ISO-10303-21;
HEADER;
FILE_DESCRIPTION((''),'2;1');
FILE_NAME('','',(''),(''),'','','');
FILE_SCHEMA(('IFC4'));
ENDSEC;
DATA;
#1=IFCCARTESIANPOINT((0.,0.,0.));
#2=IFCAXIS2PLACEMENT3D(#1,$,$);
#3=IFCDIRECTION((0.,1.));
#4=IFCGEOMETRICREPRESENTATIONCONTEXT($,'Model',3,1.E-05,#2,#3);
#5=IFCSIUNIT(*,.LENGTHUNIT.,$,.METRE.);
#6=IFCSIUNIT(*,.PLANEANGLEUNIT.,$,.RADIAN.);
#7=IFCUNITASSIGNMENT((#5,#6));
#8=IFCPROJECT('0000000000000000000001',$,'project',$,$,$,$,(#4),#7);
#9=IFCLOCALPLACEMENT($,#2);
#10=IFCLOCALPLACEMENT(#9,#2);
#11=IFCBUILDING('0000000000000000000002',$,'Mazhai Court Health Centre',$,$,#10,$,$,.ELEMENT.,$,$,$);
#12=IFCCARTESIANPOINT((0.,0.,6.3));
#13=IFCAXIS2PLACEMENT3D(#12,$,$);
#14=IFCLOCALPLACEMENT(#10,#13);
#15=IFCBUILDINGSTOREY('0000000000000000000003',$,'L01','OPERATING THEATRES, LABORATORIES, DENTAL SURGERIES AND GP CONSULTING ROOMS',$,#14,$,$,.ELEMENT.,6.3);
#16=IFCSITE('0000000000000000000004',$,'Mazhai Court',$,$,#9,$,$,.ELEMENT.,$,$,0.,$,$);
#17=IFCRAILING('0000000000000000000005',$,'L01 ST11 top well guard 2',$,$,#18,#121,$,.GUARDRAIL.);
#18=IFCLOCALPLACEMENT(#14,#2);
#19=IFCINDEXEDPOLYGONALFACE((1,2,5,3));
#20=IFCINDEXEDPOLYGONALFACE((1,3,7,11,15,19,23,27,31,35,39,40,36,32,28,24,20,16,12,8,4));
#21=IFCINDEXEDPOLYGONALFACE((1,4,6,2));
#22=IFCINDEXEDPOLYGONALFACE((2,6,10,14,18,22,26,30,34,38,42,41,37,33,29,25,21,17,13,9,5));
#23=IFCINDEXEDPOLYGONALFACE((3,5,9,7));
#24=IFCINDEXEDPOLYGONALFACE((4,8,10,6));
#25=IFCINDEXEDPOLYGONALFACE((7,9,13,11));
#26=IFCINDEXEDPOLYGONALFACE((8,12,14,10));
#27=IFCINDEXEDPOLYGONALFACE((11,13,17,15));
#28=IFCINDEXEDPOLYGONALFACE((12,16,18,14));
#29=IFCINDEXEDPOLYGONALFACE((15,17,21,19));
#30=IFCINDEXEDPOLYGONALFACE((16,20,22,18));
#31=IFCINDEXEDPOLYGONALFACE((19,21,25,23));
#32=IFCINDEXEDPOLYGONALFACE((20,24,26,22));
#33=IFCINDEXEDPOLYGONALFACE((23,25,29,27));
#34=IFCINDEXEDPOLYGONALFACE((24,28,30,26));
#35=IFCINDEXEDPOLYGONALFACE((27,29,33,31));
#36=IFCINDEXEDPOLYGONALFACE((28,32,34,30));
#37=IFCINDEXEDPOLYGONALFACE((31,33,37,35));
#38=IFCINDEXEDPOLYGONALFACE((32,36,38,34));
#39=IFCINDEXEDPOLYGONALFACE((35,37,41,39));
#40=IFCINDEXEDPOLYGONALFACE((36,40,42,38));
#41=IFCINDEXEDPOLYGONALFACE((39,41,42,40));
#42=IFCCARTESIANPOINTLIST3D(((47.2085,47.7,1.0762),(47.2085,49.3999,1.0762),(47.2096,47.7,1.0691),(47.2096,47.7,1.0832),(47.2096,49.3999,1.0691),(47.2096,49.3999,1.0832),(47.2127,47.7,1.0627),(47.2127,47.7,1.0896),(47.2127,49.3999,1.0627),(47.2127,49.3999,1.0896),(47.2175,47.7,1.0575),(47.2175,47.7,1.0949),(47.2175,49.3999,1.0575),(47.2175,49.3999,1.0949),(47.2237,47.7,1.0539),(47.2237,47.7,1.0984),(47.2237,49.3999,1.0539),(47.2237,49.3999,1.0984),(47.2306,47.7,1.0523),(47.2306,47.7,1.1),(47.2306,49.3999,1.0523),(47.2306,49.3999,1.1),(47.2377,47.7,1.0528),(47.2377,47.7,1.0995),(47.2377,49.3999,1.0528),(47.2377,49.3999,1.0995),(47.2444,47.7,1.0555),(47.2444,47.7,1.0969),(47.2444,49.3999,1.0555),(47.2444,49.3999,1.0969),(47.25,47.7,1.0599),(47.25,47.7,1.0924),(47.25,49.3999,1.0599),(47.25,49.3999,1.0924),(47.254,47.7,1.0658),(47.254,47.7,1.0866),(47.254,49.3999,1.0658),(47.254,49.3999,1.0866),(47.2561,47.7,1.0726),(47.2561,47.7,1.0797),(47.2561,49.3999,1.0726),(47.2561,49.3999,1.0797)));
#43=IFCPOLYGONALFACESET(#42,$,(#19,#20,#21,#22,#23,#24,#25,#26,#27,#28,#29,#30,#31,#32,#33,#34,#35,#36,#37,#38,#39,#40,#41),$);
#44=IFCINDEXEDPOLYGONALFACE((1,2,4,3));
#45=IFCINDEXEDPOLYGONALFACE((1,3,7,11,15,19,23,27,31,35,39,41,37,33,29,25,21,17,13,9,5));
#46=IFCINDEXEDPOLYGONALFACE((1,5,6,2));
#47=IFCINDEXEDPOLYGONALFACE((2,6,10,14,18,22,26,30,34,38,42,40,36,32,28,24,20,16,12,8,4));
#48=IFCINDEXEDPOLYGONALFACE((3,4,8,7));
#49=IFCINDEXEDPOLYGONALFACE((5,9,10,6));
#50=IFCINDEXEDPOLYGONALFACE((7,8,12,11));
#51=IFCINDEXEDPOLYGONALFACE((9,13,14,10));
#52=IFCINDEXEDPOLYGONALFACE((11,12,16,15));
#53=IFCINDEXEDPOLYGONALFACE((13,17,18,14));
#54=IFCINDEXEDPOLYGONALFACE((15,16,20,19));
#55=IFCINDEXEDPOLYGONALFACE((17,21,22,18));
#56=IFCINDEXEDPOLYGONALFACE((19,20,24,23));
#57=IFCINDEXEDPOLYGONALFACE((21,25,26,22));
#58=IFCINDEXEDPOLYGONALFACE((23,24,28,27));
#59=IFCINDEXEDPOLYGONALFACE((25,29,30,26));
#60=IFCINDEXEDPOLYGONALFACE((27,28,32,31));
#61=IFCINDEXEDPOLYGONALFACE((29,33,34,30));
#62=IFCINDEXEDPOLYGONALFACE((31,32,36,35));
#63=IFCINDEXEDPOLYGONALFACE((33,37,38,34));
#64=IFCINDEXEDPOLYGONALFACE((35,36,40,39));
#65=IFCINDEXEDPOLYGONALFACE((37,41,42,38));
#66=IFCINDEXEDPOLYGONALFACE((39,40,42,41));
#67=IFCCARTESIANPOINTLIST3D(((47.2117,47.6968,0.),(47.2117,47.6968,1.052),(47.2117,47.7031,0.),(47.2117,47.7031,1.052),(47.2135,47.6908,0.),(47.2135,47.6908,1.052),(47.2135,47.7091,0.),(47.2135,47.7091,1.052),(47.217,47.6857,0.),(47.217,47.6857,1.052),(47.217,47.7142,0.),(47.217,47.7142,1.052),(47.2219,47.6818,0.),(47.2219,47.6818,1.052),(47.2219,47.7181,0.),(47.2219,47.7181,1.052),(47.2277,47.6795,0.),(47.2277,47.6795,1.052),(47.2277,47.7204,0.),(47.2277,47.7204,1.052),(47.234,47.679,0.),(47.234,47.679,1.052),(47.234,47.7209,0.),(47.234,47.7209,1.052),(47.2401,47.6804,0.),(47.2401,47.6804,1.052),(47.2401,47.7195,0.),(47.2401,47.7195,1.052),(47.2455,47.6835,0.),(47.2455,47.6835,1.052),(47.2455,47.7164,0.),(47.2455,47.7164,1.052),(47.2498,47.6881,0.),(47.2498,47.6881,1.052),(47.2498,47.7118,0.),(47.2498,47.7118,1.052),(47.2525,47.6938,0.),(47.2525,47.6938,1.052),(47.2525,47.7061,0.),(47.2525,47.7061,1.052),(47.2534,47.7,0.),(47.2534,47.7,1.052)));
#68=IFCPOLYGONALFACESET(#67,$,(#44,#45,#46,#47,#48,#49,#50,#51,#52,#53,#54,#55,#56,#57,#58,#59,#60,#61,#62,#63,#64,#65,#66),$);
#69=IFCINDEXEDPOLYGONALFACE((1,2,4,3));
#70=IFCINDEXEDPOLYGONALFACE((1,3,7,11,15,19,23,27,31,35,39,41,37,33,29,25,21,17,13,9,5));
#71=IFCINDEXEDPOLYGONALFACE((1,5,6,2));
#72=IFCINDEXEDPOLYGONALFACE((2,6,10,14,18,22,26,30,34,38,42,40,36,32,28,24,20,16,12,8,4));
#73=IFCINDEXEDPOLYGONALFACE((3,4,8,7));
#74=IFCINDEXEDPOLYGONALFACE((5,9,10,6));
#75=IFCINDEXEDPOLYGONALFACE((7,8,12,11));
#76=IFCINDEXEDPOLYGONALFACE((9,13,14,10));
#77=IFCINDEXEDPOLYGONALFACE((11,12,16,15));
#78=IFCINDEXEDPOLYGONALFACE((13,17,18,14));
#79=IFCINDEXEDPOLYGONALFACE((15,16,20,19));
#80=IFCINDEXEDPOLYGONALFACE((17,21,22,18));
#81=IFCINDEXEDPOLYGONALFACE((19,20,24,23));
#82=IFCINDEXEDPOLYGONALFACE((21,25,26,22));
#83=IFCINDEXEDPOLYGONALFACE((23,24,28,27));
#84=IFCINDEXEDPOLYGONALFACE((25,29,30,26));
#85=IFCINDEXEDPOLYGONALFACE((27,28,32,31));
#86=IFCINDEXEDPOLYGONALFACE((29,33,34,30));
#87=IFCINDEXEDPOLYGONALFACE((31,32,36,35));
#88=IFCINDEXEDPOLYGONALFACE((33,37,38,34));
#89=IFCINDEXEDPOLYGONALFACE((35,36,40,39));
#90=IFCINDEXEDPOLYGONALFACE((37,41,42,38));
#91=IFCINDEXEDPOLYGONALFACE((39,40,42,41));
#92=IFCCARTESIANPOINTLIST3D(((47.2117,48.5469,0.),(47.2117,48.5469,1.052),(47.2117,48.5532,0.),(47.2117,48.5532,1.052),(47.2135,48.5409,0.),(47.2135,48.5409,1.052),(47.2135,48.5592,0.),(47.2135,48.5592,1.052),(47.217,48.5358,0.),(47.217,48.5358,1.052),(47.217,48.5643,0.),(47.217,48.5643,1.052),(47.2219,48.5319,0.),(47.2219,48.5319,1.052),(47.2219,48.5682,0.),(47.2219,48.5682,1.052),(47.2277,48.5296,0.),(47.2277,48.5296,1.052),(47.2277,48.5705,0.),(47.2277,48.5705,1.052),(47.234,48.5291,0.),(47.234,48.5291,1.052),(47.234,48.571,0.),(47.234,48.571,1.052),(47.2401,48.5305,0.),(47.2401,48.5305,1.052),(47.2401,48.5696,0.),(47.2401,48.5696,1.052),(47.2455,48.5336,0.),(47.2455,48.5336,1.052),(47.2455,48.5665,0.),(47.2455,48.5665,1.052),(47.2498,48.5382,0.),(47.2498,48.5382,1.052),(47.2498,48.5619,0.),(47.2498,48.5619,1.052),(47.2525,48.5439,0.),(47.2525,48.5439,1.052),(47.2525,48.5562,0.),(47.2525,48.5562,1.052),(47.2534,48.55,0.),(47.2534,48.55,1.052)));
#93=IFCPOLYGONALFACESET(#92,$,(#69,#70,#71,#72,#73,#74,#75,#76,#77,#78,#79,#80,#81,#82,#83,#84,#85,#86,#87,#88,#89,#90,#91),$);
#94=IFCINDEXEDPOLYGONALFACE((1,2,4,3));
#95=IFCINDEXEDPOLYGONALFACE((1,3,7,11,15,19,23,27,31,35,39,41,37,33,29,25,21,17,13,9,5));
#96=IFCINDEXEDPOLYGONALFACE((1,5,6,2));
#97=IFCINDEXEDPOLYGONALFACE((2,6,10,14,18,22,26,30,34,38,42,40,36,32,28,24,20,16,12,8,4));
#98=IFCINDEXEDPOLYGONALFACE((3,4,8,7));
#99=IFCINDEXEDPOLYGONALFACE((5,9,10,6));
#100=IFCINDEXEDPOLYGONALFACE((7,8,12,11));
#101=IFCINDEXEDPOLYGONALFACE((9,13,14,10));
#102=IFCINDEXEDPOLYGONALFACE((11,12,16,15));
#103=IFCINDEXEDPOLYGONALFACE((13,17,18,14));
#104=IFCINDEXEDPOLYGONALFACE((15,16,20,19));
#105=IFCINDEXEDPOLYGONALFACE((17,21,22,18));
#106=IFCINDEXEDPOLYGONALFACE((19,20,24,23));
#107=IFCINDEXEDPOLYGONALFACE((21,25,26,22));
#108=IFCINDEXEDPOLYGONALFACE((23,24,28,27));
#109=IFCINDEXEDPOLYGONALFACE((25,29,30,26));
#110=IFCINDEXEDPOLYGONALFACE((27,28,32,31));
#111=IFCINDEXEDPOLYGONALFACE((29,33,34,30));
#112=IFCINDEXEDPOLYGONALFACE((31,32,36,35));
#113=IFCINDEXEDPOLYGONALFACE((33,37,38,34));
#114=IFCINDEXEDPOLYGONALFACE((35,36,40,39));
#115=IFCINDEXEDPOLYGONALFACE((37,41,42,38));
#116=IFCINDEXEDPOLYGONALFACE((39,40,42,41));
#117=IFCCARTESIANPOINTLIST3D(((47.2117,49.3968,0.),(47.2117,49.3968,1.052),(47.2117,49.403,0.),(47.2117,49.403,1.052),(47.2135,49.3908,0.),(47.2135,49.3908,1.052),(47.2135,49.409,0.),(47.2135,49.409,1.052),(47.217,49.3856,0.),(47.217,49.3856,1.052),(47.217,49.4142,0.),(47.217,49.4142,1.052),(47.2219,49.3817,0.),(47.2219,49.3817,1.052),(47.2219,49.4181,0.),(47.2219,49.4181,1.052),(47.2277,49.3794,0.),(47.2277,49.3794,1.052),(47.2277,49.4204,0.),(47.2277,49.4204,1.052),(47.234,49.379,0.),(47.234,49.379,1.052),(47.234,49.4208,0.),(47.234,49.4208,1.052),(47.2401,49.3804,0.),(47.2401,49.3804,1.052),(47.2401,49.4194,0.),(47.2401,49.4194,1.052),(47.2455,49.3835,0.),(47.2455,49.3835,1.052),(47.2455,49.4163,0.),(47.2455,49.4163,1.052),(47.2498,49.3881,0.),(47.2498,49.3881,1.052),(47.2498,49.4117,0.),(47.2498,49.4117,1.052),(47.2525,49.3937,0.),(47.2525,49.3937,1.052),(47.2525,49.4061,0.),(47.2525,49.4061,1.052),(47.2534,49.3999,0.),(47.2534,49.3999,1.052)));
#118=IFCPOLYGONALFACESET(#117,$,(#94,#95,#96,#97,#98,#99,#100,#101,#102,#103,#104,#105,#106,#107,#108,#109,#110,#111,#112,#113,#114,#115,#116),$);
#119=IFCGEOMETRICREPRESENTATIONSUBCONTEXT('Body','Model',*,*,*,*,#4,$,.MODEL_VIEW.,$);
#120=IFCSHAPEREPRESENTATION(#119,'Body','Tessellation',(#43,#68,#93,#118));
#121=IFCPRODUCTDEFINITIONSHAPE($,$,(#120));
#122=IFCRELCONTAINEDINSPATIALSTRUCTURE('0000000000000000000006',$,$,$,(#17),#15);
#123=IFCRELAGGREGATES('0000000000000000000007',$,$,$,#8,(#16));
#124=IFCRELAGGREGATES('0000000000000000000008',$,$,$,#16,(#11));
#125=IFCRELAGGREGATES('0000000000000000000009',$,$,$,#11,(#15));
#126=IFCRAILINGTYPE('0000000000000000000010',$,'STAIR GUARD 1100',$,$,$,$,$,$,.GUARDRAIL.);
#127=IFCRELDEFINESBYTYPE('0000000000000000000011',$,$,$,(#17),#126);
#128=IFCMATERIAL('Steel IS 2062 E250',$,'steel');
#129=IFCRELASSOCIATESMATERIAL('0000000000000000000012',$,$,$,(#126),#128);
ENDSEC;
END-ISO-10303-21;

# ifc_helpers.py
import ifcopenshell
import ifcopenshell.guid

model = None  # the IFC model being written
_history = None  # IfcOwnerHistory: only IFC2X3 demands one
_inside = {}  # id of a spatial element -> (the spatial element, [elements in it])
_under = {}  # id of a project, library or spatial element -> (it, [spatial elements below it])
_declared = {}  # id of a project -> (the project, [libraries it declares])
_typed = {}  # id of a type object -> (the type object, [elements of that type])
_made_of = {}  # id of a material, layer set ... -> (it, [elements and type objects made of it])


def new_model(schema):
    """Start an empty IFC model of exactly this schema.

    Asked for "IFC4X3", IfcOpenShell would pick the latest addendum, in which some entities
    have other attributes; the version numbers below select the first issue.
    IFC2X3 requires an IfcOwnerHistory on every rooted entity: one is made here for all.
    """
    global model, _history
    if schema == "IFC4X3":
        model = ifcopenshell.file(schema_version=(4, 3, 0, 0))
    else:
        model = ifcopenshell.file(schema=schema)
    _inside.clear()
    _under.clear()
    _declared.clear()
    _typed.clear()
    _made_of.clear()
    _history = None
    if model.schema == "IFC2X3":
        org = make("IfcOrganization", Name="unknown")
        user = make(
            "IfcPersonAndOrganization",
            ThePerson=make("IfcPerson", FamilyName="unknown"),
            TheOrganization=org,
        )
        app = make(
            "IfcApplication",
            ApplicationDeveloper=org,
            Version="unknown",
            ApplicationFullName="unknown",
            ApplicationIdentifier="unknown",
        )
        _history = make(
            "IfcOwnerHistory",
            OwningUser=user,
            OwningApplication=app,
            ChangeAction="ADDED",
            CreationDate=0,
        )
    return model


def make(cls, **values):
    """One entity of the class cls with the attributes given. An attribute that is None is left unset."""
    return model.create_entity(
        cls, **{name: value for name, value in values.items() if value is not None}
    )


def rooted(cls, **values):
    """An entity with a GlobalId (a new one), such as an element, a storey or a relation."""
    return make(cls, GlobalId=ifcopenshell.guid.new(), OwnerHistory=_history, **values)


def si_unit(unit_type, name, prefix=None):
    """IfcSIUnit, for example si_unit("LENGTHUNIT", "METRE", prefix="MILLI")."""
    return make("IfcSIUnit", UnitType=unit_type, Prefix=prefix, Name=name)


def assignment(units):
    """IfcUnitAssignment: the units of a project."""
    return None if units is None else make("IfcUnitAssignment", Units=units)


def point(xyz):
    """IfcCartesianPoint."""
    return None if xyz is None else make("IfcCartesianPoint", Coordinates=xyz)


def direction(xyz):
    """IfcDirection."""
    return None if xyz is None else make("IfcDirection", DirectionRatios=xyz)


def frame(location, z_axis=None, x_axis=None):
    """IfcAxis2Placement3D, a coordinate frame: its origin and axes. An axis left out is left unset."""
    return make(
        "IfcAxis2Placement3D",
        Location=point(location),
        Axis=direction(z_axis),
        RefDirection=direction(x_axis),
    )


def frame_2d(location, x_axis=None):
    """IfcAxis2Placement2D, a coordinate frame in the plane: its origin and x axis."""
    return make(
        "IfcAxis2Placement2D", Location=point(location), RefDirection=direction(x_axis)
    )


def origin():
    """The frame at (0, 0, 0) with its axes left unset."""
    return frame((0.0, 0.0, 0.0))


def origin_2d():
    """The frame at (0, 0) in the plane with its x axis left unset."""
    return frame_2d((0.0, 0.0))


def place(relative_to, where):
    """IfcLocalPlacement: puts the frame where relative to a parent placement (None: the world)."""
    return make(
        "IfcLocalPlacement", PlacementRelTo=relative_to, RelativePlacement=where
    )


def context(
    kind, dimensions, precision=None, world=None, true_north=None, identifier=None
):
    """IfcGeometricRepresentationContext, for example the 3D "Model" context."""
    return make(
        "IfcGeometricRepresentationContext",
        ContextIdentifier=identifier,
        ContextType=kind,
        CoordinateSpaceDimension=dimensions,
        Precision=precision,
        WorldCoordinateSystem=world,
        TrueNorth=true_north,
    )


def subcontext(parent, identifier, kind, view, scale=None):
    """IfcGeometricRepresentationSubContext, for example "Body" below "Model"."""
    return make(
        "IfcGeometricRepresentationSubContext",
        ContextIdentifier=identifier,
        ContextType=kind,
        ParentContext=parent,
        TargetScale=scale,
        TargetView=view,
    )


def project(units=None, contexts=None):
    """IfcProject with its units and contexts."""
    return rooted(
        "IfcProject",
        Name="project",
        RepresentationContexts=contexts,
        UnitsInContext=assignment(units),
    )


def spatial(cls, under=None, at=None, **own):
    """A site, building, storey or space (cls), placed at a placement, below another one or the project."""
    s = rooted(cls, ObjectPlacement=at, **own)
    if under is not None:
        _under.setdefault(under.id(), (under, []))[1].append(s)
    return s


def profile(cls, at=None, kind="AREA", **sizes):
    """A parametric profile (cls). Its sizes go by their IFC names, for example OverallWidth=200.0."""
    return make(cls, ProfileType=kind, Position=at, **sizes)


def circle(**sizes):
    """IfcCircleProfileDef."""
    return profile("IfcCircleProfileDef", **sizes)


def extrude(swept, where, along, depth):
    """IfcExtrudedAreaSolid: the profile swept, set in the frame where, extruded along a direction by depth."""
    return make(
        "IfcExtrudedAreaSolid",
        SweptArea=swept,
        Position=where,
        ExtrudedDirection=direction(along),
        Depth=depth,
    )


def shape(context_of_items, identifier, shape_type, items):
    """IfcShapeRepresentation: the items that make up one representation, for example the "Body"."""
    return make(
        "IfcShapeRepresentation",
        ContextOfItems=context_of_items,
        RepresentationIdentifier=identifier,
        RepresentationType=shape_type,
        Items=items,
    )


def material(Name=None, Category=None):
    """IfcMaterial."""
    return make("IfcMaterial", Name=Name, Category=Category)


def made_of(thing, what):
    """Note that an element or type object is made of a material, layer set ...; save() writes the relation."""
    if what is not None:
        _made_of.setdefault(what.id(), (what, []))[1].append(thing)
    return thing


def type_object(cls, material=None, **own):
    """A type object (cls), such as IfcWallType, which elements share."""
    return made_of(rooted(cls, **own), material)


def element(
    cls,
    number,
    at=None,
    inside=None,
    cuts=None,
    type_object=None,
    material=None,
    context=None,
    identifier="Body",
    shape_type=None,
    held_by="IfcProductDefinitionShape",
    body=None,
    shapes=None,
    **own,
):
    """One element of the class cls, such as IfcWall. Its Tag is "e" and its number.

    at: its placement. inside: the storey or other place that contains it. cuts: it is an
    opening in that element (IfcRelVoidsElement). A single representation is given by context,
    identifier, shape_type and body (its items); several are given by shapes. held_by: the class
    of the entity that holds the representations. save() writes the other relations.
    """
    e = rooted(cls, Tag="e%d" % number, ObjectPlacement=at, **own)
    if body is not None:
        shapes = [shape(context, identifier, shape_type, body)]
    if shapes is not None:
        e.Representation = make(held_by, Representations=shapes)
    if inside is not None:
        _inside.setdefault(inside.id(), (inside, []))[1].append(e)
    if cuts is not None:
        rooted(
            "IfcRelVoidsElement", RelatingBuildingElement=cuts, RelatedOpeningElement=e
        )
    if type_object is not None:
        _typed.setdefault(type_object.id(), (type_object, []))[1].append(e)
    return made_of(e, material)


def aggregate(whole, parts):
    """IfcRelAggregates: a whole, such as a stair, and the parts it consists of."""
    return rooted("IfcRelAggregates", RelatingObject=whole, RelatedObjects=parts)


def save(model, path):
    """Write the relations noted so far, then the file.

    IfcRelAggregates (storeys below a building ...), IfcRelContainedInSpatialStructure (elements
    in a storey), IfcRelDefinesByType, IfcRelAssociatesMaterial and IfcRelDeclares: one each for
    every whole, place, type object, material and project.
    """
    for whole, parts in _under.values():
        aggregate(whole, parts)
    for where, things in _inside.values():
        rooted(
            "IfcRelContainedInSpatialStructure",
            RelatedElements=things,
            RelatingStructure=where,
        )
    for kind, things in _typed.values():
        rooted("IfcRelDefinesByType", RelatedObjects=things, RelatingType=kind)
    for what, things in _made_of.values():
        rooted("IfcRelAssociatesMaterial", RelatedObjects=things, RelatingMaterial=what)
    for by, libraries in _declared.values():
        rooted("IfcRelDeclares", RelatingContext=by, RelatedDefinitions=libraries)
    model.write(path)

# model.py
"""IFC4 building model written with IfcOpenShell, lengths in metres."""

from ifc_helpers import new_model, si_unit, direction, frame, origin, origin_2d, place, context, subcontext, project, spatial, circle, extrude, material, type_object, element, save


model = new_model("IFC4")

# Units and contexts
model_context = context("Model", 3, precision=1e-05, world=origin(), true_north=direction((0.0, 1.0)))
body_context = subcontext(model_context, "Body", "Model", "MODEL_VIEW")
ifc_project = project(units=[si_unit("LENGTHUNIT", "METRE"), si_unit("PLANEANGLEUNIT", "RADIAN")], contexts=[model_context])

# Site, building, storey
site_placement = place(None, origin())
site = spatial("IfcSite", under=ifc_project, at=site_placement, Name="Mazhai Court", CompositionType="ELEMENT", RefElevation=0.0)
building_placement = place(site_placement, origin())
building = spatial("IfcBuilding", under=site, at=building_placement, Name="Mazhai Court Health Centre", CompositionType="ELEMENT")
storey_placement = place(building_placement, frame((0.0, 0.0, 6.3)))
storey = spatial("IfcBuildingStorey", under=building, at=storey_placement, Name="L01", Description="OPERATING THEATRES, LABORATORIES, DENTAL SURGERIES AND GP CONSULTING ROOMS", CompositionType="ELEMENT", Elevation=6.3)

# Railing
ifc_material_1 = material(Name="Steel IS 2062 E250", Category="steel")
railing_type_1 = type_object("IfcRailingType", Name="STAIR GUARD 1100", PredefinedType="GUARDRAIL", material=ifc_material_1)
railing_1_placement = place(storey_placement, frame((47.2324, 47.7, 0.0)))
element("IfcRailing", 1, at=railing_1_placement, inside=storey, type_object=railing_type_1, Name="L01 ST11 top well guard 2", PredefinedType="GUARDRAIL", context=body_context, shape_type="SweptSolid", body=[
    extrude(circle(Radius=0.0239, at=origin_2d()), frame((0.0, 0.0, 1.0762), z_axis=(0.0, 1.0, 0.0), x_axis=(-1.0, 0.0, 0.0)), (0.0, 0.0, 1.0), 1.7),
    extrude(circle(Radius=0.021, at=origin_2d()), origin(), (0.0, 0.0, 1.0), 1.052),
    extrude(circle(Radius=0.021, at=origin_2d()), frame((0.0, 0.8501, 0.0)), (0.0, 0.0, 1.0), 1.052),
    extrude(circle(Radius=0.021, at=origin_2d()), frame((0.0, 1.7, 0.0)), (0.0, 0.0, 1.0), 1.052),
])

save(model, "model.ifc")
